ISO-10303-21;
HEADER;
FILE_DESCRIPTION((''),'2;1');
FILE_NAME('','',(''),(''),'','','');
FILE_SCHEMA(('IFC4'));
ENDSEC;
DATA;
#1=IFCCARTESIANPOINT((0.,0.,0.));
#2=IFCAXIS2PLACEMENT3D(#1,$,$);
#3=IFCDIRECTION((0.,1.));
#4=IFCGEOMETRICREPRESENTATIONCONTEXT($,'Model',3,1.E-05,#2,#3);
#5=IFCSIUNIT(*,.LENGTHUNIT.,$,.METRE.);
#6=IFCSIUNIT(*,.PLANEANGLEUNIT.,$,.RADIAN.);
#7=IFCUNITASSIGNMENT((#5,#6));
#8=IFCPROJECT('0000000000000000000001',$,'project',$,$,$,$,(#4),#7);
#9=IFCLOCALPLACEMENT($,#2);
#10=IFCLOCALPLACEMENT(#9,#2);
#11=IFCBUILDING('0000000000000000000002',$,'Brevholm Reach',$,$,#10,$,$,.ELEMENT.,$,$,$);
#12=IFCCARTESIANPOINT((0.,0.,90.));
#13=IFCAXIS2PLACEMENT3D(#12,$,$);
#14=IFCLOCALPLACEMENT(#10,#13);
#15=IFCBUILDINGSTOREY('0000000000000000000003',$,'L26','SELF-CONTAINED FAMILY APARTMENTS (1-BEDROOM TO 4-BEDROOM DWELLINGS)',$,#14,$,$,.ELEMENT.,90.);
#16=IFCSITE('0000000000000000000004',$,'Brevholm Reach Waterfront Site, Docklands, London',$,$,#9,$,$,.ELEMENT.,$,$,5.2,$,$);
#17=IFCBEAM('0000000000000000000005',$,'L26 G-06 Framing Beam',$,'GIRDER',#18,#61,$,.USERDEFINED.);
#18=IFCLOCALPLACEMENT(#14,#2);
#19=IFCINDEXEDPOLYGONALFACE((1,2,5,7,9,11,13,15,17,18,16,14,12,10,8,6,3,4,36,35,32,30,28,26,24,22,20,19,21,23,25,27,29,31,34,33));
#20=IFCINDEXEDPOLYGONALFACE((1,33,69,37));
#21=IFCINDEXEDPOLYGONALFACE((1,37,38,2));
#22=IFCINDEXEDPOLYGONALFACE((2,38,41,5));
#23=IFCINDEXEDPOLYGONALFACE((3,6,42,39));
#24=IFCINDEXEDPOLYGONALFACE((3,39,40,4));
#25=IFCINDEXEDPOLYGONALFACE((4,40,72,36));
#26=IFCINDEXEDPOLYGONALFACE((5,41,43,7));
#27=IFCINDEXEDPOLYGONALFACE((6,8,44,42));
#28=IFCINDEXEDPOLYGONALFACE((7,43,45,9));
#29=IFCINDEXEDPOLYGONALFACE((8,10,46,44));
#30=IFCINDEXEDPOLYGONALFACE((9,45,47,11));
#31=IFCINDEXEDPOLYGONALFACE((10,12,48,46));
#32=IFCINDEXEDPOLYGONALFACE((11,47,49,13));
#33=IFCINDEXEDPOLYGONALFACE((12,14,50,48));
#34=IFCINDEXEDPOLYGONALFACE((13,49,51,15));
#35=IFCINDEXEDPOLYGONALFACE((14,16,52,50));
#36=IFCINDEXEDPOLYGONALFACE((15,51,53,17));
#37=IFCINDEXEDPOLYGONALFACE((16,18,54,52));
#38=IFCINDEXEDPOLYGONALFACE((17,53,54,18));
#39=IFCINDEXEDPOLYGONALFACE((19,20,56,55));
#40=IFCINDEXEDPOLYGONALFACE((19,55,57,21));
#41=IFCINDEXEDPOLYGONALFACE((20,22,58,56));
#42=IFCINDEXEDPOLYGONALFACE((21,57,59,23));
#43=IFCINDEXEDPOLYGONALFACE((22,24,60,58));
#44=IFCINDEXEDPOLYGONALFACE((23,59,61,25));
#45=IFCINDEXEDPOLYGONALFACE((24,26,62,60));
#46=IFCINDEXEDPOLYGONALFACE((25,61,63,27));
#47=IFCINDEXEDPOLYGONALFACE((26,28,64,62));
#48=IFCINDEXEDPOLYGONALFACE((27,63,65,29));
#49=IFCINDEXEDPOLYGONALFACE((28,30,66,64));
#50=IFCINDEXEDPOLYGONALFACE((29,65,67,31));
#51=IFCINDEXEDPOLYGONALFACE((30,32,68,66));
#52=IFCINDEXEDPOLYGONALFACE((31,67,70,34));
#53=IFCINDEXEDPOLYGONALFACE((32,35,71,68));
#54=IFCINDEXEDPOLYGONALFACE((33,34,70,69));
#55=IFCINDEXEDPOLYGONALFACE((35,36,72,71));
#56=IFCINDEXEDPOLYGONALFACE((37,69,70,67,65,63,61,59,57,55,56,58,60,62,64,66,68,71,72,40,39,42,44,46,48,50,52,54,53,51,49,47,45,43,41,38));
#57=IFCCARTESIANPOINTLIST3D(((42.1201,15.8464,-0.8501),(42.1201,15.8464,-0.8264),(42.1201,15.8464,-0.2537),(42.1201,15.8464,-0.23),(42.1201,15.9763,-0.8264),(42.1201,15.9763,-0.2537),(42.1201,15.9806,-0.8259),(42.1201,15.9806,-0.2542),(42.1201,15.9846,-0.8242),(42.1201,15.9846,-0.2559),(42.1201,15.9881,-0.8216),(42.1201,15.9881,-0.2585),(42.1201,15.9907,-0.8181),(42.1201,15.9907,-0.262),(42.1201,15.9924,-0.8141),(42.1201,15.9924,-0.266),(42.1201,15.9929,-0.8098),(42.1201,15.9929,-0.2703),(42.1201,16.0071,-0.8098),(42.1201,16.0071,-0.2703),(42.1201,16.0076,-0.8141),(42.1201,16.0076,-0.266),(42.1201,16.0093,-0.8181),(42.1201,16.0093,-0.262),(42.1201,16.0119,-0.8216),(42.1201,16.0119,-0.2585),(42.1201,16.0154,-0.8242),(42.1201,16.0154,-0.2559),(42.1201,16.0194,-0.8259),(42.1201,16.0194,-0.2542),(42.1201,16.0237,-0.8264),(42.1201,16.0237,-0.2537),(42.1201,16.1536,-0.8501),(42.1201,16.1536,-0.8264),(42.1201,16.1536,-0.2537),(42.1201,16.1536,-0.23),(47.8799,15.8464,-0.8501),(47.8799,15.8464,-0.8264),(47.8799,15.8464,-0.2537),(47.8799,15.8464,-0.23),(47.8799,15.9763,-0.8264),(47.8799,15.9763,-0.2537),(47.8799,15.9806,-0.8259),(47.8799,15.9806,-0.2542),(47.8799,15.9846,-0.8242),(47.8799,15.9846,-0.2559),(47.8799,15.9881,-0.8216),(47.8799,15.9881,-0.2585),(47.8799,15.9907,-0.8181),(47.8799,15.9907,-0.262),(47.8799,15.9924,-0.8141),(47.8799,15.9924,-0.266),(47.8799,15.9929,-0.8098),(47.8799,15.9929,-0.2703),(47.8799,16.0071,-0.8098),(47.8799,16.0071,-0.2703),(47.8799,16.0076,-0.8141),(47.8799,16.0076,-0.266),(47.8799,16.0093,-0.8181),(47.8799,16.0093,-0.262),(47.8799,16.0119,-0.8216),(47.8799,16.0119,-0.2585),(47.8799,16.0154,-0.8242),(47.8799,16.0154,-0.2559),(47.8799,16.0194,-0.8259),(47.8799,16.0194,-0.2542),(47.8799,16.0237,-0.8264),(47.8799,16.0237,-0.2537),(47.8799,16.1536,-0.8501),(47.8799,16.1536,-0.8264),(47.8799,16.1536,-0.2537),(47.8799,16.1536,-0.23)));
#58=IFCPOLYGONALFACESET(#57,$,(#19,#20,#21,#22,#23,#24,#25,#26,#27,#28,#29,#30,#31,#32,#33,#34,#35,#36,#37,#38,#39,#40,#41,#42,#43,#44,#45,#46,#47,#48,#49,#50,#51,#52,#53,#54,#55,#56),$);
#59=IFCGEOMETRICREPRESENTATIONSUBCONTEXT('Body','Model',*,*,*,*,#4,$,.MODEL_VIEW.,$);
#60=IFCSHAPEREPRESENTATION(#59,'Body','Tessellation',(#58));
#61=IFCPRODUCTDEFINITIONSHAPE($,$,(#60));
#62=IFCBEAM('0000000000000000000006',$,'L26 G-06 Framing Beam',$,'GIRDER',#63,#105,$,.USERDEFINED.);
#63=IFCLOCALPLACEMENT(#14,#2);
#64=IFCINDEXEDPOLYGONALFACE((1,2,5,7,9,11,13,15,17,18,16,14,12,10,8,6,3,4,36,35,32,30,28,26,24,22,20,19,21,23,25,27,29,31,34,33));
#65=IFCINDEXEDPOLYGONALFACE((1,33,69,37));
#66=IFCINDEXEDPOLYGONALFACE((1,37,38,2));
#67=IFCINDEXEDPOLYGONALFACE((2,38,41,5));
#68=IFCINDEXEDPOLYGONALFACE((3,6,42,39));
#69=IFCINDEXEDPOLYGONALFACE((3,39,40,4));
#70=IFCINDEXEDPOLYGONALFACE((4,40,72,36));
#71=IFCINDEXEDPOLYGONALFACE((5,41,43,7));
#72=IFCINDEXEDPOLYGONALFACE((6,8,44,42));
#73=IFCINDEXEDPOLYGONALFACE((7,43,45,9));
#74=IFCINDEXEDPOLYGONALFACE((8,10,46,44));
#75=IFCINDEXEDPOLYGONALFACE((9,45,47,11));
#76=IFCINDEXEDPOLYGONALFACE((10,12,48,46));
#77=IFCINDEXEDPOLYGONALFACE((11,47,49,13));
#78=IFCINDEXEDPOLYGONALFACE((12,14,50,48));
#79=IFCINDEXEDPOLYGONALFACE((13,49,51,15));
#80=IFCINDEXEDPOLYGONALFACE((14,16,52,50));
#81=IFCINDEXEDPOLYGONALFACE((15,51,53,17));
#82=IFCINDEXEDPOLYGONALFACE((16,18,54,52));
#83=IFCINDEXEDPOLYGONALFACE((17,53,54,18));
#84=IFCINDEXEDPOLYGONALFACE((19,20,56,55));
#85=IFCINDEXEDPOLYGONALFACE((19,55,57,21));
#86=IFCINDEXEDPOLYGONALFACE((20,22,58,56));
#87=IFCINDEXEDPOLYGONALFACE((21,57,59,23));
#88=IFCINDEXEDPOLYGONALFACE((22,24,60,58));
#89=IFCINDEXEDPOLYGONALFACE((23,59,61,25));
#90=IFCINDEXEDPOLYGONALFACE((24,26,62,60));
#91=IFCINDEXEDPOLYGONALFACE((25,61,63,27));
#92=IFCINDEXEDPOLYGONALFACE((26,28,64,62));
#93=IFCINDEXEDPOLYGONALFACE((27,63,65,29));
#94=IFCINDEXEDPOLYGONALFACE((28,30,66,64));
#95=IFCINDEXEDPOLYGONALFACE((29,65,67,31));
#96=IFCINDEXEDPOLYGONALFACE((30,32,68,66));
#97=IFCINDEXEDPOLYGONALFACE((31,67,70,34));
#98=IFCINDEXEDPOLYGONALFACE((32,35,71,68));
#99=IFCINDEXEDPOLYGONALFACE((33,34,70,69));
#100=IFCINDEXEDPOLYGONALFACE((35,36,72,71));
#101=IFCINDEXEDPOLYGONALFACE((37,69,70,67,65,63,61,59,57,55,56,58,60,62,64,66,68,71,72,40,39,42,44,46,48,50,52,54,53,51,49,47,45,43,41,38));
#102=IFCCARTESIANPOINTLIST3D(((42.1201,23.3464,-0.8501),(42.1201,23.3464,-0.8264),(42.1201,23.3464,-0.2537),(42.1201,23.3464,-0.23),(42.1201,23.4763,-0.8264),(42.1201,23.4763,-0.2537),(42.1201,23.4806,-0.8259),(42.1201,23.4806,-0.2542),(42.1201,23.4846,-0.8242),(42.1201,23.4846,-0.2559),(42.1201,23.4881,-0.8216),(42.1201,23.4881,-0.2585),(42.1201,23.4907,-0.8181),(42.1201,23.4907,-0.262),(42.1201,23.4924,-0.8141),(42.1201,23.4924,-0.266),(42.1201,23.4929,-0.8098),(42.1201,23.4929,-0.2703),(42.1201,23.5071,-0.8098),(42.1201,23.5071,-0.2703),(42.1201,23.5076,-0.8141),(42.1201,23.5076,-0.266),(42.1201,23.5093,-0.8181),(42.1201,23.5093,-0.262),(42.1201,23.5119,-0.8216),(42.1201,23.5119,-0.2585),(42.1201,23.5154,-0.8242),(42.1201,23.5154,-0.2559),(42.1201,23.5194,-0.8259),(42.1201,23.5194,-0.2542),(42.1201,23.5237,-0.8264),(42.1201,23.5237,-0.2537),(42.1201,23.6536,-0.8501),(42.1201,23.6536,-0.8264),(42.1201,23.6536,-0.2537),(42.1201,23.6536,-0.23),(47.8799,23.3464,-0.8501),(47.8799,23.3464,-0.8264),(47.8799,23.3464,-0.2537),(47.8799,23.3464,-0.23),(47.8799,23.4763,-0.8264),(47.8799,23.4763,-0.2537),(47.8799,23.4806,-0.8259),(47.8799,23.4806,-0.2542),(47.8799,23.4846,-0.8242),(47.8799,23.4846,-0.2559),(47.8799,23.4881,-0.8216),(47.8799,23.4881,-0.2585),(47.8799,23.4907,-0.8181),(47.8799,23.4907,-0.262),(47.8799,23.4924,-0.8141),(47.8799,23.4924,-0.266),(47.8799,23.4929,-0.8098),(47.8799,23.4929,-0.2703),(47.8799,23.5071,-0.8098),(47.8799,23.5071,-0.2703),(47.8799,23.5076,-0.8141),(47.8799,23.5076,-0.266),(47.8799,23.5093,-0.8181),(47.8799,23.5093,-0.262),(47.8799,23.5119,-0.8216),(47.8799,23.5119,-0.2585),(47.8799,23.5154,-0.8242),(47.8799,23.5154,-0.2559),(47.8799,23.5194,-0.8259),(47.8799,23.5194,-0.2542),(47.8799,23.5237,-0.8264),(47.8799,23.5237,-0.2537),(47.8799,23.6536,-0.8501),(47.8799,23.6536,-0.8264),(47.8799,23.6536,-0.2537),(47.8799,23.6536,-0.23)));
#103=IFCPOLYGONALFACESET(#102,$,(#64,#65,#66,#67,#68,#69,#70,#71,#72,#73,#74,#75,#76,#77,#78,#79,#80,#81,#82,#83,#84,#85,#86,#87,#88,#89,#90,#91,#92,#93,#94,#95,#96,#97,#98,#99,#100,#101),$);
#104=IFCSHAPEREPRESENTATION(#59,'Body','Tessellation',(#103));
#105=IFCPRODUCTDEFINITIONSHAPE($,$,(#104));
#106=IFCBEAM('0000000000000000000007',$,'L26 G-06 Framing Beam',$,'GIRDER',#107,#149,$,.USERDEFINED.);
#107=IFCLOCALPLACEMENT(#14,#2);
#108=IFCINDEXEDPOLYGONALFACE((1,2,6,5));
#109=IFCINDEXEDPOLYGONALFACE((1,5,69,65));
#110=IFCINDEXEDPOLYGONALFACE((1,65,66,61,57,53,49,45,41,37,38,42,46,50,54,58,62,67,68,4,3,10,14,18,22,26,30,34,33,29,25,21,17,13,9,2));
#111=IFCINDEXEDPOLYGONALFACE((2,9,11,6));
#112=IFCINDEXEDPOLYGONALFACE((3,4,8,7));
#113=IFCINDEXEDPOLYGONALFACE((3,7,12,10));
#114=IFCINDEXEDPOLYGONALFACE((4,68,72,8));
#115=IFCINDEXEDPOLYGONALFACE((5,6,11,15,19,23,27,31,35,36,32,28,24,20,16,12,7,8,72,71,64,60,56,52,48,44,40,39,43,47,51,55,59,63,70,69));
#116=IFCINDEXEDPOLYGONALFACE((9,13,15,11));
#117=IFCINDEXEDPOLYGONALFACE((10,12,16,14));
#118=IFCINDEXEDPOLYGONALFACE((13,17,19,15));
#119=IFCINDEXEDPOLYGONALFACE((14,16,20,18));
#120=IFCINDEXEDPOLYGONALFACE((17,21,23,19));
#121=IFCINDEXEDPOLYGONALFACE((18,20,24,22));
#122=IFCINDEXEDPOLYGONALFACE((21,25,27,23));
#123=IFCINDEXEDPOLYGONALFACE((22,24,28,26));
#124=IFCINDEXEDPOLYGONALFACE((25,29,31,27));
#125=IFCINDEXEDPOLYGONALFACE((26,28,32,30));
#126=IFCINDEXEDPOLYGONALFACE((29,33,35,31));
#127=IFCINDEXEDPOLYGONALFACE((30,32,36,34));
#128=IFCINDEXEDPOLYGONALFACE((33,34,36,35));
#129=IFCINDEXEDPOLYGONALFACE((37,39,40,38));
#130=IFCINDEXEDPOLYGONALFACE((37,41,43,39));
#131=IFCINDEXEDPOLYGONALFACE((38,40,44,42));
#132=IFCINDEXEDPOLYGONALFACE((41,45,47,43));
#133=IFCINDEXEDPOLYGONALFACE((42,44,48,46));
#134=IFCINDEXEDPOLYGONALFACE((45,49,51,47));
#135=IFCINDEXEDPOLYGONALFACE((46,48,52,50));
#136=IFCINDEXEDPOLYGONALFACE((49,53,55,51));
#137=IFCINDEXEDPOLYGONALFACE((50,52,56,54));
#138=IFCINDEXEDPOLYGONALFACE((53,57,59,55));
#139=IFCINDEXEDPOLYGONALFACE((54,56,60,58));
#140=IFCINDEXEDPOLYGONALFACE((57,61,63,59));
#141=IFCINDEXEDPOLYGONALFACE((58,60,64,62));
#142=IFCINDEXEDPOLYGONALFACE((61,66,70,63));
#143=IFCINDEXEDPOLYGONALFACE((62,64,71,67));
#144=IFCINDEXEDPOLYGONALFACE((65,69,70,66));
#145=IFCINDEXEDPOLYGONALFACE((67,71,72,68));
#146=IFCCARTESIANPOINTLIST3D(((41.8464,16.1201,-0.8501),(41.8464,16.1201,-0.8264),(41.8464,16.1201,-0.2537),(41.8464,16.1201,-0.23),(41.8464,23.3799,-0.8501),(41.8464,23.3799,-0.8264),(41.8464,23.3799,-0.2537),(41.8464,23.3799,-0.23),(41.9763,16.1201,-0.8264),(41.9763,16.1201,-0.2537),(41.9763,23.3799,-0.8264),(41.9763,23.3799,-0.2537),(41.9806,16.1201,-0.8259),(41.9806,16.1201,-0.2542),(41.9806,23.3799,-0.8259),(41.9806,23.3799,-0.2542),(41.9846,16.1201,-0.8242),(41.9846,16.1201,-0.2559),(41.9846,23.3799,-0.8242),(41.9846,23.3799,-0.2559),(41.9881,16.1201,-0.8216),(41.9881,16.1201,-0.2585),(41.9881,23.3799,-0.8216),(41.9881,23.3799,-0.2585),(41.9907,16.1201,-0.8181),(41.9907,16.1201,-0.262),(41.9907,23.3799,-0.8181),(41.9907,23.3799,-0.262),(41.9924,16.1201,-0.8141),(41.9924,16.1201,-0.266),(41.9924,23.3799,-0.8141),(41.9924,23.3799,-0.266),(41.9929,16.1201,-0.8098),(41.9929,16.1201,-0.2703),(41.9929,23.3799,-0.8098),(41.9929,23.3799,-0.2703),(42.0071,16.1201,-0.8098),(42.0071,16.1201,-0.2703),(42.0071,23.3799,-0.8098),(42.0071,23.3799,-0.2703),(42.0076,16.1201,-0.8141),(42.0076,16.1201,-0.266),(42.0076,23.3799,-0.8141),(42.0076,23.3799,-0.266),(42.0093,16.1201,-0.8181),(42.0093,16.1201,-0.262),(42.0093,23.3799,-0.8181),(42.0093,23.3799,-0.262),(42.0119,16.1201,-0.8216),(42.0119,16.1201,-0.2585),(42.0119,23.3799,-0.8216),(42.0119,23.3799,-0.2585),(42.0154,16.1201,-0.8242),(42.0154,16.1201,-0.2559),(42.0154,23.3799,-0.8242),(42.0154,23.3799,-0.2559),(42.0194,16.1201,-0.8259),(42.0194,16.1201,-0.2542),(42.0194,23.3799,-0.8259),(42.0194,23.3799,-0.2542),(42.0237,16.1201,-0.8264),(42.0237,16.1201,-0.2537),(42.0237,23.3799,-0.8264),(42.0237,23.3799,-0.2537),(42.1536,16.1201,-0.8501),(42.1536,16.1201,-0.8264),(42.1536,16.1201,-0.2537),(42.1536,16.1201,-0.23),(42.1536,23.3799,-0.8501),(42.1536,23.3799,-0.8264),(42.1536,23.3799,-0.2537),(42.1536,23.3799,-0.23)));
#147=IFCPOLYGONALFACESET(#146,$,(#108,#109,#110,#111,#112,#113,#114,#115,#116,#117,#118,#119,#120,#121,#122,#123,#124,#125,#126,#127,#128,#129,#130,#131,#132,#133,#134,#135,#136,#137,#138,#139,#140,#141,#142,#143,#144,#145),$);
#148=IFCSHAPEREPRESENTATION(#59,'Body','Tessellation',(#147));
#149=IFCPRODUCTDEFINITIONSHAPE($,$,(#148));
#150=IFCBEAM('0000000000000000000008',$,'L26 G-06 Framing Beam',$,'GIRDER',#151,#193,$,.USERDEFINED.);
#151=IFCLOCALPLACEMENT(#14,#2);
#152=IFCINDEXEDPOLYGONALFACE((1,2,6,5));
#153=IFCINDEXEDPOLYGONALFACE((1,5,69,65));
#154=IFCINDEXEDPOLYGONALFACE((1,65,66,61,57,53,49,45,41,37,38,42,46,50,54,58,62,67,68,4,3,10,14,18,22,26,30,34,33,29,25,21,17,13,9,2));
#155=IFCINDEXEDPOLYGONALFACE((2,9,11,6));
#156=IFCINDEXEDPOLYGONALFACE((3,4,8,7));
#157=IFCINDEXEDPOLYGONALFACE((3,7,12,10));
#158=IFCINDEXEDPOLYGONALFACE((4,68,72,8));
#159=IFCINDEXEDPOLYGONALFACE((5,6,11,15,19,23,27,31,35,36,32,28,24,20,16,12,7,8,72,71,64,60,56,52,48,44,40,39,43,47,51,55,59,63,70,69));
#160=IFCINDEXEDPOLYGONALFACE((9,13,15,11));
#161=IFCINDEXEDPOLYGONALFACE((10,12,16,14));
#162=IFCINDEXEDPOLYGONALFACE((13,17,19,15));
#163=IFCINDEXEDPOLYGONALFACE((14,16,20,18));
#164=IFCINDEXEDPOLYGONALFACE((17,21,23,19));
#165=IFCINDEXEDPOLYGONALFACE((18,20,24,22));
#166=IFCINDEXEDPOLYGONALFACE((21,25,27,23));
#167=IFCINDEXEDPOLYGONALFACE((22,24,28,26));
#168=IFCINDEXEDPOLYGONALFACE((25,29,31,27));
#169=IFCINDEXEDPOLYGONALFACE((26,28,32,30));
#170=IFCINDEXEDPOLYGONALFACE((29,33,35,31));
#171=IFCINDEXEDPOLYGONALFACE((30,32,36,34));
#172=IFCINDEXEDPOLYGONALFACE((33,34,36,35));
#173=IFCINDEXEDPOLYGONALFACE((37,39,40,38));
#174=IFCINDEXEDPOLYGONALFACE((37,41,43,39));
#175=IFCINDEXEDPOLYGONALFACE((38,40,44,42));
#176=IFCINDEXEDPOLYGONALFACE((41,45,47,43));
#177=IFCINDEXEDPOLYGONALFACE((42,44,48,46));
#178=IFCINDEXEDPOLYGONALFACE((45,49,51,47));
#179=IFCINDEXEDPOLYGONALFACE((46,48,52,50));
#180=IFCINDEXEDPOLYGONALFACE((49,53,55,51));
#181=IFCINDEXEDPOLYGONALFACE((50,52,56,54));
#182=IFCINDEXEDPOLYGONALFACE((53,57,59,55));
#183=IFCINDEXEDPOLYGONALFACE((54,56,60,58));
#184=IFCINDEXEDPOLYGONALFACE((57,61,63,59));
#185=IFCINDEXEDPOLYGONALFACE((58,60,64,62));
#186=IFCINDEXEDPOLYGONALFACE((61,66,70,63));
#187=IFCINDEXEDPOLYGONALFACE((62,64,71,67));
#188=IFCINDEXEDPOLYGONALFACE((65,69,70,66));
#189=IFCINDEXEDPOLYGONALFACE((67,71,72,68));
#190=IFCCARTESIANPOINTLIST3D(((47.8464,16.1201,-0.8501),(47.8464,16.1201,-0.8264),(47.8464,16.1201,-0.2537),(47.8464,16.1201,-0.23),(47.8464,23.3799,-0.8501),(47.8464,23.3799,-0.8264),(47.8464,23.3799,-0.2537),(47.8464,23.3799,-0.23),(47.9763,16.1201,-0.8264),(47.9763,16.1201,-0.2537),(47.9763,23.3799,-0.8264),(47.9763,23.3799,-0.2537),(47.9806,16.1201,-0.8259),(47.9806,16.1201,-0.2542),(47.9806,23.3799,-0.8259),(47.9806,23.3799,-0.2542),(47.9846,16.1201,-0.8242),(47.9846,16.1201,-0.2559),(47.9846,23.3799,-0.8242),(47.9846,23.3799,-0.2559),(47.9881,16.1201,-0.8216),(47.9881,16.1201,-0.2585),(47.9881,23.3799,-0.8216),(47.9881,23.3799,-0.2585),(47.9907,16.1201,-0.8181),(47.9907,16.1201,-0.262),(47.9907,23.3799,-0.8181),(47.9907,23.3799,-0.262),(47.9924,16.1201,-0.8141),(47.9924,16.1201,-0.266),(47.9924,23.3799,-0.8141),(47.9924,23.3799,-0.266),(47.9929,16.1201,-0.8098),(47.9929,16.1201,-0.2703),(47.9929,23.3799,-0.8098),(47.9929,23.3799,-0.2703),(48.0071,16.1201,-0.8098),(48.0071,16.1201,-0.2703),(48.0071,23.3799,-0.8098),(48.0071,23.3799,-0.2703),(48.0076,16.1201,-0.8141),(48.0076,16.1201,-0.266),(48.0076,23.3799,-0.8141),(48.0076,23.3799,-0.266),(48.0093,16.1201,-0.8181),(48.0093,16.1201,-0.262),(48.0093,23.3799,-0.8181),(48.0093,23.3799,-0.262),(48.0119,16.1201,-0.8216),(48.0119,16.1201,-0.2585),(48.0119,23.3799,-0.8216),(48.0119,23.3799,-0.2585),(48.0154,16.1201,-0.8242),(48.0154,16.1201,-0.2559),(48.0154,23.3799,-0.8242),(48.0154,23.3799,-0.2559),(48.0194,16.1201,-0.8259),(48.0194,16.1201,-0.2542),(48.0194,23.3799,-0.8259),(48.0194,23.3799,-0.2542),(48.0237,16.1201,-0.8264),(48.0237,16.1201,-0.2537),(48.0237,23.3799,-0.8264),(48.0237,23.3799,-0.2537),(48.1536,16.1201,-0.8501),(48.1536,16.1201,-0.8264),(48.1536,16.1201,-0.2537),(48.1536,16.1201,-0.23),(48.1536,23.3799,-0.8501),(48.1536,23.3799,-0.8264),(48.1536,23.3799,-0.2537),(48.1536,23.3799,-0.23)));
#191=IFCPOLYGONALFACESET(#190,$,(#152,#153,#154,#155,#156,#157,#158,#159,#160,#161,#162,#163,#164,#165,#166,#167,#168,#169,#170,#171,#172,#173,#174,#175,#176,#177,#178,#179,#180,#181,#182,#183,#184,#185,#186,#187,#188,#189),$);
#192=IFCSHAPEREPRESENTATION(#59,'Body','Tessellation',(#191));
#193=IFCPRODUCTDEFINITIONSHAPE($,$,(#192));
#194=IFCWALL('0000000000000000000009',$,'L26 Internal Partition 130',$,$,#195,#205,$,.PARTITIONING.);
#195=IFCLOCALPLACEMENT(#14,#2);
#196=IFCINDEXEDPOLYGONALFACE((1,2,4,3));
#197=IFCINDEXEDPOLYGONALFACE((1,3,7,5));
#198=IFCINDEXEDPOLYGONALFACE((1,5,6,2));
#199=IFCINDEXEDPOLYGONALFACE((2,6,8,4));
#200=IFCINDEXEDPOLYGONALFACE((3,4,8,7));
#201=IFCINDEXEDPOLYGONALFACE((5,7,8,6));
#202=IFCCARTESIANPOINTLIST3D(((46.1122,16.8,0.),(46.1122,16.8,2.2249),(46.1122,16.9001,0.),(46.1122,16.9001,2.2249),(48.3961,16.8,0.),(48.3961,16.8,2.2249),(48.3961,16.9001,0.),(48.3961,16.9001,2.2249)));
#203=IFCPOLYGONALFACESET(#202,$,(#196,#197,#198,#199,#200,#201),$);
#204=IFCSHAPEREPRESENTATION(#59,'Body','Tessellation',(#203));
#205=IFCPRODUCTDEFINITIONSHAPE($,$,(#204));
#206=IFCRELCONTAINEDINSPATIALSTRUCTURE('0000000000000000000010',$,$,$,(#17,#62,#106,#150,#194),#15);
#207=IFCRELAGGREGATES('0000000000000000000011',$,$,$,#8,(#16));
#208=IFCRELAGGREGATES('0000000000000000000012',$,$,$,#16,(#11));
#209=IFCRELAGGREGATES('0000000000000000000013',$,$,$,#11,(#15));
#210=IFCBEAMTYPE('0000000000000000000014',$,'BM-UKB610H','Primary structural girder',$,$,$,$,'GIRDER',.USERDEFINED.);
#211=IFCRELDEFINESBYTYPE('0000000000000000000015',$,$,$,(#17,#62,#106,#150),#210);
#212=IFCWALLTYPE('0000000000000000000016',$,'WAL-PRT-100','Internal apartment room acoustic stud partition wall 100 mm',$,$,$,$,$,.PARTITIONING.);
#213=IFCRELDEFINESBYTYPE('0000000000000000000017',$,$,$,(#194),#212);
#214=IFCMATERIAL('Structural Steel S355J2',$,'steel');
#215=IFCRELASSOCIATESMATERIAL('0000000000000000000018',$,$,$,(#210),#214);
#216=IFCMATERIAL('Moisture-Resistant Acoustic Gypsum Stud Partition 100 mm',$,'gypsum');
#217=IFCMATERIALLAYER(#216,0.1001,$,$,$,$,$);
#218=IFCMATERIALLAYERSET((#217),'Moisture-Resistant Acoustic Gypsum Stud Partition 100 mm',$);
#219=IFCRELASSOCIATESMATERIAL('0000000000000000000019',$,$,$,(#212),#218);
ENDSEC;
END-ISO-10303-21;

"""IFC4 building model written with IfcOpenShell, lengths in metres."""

from ifc_helpers import new_model, si_unit, direction, frame, frame_2d, origin, origin_2d, place, context, subcontext, project, spatial, rectangle, i_section, extrude, material, layer, layer_set, material_profile, profile_set, type_object, element, save


model = new_model("IFC4")

# Units and contexts
model_context = context("Model", 3, precision=1e-05, world=origin(), true_north=direction((0.0, 1.0)))
body_context = subcontext(model_context, "Body", "Model", "MODEL_VIEW")
ifc_project = project(units=[si_unit("LENGTHUNIT", "METRE"), si_unit("PLANEANGLEUNIT", "RADIAN")], contexts=[model_context])

# Site, building, storey
site_placement = place(None, origin())
site = spatial("IfcSite", under=ifc_project, at=site_placement, Name="Brevholm Reach Waterfront Site, Docklands, London", CompositionType="ELEMENT", RefElevation=5.2)
building_placement = place(site_placement, origin())
building = spatial("IfcBuilding", under=site, at=building_placement, Name="Brevholm Reach", CompositionType="ELEMENT")
storey_placement = place(building_placement, frame((0.0, 0.0, 90.0)))
storey = spatial("IfcBuildingStorey", under=building, at=storey_placement, Name="L26", Description="SELF-CONTAINED FAMILY APARTMENTS (1-BEDROOM TO 4-BEDROOM DWELLINGS)", CompositionType="ELEMENT", Elevation=90.0)

# Beams
ifc_material_1 = material(Name="Structural Steel S355J2", Category="steel")
ifc_material_profile_1 = material_profile(ifc_material_1, i_section(OverallWidth=0.3071, OverallDepth=0.6201, WebThickness=0.0142, FlangeThickness=0.0237, FilletRadius=0.0166, at=origin_2d()), Name="UKB 610x305x179")
ifc_profile_set_1 = profile_set([ifc_material_profile_1], Name="Structural Steel S355J2")
beam_type_1 = type_object("IfcBeamType", Name="BM-UKB610H", Description="Primary structural girder", ElementType="GIRDER", PredefinedType="USERDEFINED", material=ifc_profile_set_1)
for number, where, z_axis, x_axis, name in (
    (1, (42.1201, 16.0, -0.54), (1.0, 0.0, 0.0), (0.0, 1.0, 0.0), "L26 G-06 Framing Beam"),
    (2, (42.1201, 23.5, -0.54), (1.0, 0.0, 0.0), (0.0, 1.0, 0.0), "L26 G-06 Framing Beam"),
):
    element("IfcBeam", number, at=place(storey_placement, frame(where, z_axis=z_axis, x_axis=x_axis)), inside=storey, type_object=beam_type_1, Name=name, ObjectType="GIRDER", PredefinedType="USERDEFINED", context=body_context, shape_type="SweptSolid", body=[
        extrude(i_section(OverallWidth=0.3071, OverallDepth=0.6201, WebThickness=0.0142, FlangeThickness=0.0237, FilletRadius=0.0166, at=origin_2d()), origin(), (0.0, 0.0, 1.0), 5.7598),
    ])
for number, where, z_axis, x_axis, name in (
    (3, (42.0, 16.1201, -0.54), (0.0, 1.0, 0.0), (-1.0, 0.0, 0.0), "L26 G-06 Framing Beam"),
    (4, (48.0, 16.1201, -0.54), (0.0, 1.0, 0.0), (-1.0, 0.0, 0.0), "L26 G-06 Framing Beam"),
):
    element("IfcBeam", number, at=place(storey_placement, frame(where, z_axis=z_axis, x_axis=x_axis)), inside=storey, type_object=beam_type_1, Name=name, ObjectType="GIRDER", PredefinedType="USERDEFINED", context=body_context, shape_type="SweptSolid", body=[
        extrude(i_section(OverallWidth=0.3071, OverallDepth=0.6201, WebThickness=0.0142, FlangeThickness=0.0237, FilletRadius=0.0166, at=origin_2d()), origin(), (0.0, 0.0, 1.0), 7.2598),
    ])

# Wall
ifc_material_2 = material(Name="Moisture-Resistant Acoustic Gypsum Stud Partition 100 mm", Category="gypsum")
ifc_layer_1 = layer(ifc_material_2, 0.1001)
ifc_layer_set_1 = layer_set([ifc_layer_1], Name="Moisture-Resistant Acoustic Gypsum Stud Partition 100 mm")
wall_type_1 = type_object("IfcWallType", Name="WAL-PRT-100", Description="Internal apartment room acoustic stud partition wall 100 mm", PredefinedType="PARTITIONING", material=ifc_layer_set_1)
wall_1_placement = place(storey_placement, frame((46.1121, 16.8501, 0.0), z_axis=(0.0, 0.0, 1.0), x_axis=(1.0, 0.0, 0.0)))
element("IfcWall", 5, at=wall_1_placement, inside=storey, type_object=wall_type_1, Name="L26 Internal Partition 130", PredefinedType="PARTITIONING", context=body_context, shape_type="SweptSolid", body=[
    extrude(rectangle(XDim=2.2839, YDim=0.1001, at=frame_2d((1.1421, 0.0))), origin(), (0.0, 0.0, 1.0), 2.2249),
])

save(model, "model.ifc")
